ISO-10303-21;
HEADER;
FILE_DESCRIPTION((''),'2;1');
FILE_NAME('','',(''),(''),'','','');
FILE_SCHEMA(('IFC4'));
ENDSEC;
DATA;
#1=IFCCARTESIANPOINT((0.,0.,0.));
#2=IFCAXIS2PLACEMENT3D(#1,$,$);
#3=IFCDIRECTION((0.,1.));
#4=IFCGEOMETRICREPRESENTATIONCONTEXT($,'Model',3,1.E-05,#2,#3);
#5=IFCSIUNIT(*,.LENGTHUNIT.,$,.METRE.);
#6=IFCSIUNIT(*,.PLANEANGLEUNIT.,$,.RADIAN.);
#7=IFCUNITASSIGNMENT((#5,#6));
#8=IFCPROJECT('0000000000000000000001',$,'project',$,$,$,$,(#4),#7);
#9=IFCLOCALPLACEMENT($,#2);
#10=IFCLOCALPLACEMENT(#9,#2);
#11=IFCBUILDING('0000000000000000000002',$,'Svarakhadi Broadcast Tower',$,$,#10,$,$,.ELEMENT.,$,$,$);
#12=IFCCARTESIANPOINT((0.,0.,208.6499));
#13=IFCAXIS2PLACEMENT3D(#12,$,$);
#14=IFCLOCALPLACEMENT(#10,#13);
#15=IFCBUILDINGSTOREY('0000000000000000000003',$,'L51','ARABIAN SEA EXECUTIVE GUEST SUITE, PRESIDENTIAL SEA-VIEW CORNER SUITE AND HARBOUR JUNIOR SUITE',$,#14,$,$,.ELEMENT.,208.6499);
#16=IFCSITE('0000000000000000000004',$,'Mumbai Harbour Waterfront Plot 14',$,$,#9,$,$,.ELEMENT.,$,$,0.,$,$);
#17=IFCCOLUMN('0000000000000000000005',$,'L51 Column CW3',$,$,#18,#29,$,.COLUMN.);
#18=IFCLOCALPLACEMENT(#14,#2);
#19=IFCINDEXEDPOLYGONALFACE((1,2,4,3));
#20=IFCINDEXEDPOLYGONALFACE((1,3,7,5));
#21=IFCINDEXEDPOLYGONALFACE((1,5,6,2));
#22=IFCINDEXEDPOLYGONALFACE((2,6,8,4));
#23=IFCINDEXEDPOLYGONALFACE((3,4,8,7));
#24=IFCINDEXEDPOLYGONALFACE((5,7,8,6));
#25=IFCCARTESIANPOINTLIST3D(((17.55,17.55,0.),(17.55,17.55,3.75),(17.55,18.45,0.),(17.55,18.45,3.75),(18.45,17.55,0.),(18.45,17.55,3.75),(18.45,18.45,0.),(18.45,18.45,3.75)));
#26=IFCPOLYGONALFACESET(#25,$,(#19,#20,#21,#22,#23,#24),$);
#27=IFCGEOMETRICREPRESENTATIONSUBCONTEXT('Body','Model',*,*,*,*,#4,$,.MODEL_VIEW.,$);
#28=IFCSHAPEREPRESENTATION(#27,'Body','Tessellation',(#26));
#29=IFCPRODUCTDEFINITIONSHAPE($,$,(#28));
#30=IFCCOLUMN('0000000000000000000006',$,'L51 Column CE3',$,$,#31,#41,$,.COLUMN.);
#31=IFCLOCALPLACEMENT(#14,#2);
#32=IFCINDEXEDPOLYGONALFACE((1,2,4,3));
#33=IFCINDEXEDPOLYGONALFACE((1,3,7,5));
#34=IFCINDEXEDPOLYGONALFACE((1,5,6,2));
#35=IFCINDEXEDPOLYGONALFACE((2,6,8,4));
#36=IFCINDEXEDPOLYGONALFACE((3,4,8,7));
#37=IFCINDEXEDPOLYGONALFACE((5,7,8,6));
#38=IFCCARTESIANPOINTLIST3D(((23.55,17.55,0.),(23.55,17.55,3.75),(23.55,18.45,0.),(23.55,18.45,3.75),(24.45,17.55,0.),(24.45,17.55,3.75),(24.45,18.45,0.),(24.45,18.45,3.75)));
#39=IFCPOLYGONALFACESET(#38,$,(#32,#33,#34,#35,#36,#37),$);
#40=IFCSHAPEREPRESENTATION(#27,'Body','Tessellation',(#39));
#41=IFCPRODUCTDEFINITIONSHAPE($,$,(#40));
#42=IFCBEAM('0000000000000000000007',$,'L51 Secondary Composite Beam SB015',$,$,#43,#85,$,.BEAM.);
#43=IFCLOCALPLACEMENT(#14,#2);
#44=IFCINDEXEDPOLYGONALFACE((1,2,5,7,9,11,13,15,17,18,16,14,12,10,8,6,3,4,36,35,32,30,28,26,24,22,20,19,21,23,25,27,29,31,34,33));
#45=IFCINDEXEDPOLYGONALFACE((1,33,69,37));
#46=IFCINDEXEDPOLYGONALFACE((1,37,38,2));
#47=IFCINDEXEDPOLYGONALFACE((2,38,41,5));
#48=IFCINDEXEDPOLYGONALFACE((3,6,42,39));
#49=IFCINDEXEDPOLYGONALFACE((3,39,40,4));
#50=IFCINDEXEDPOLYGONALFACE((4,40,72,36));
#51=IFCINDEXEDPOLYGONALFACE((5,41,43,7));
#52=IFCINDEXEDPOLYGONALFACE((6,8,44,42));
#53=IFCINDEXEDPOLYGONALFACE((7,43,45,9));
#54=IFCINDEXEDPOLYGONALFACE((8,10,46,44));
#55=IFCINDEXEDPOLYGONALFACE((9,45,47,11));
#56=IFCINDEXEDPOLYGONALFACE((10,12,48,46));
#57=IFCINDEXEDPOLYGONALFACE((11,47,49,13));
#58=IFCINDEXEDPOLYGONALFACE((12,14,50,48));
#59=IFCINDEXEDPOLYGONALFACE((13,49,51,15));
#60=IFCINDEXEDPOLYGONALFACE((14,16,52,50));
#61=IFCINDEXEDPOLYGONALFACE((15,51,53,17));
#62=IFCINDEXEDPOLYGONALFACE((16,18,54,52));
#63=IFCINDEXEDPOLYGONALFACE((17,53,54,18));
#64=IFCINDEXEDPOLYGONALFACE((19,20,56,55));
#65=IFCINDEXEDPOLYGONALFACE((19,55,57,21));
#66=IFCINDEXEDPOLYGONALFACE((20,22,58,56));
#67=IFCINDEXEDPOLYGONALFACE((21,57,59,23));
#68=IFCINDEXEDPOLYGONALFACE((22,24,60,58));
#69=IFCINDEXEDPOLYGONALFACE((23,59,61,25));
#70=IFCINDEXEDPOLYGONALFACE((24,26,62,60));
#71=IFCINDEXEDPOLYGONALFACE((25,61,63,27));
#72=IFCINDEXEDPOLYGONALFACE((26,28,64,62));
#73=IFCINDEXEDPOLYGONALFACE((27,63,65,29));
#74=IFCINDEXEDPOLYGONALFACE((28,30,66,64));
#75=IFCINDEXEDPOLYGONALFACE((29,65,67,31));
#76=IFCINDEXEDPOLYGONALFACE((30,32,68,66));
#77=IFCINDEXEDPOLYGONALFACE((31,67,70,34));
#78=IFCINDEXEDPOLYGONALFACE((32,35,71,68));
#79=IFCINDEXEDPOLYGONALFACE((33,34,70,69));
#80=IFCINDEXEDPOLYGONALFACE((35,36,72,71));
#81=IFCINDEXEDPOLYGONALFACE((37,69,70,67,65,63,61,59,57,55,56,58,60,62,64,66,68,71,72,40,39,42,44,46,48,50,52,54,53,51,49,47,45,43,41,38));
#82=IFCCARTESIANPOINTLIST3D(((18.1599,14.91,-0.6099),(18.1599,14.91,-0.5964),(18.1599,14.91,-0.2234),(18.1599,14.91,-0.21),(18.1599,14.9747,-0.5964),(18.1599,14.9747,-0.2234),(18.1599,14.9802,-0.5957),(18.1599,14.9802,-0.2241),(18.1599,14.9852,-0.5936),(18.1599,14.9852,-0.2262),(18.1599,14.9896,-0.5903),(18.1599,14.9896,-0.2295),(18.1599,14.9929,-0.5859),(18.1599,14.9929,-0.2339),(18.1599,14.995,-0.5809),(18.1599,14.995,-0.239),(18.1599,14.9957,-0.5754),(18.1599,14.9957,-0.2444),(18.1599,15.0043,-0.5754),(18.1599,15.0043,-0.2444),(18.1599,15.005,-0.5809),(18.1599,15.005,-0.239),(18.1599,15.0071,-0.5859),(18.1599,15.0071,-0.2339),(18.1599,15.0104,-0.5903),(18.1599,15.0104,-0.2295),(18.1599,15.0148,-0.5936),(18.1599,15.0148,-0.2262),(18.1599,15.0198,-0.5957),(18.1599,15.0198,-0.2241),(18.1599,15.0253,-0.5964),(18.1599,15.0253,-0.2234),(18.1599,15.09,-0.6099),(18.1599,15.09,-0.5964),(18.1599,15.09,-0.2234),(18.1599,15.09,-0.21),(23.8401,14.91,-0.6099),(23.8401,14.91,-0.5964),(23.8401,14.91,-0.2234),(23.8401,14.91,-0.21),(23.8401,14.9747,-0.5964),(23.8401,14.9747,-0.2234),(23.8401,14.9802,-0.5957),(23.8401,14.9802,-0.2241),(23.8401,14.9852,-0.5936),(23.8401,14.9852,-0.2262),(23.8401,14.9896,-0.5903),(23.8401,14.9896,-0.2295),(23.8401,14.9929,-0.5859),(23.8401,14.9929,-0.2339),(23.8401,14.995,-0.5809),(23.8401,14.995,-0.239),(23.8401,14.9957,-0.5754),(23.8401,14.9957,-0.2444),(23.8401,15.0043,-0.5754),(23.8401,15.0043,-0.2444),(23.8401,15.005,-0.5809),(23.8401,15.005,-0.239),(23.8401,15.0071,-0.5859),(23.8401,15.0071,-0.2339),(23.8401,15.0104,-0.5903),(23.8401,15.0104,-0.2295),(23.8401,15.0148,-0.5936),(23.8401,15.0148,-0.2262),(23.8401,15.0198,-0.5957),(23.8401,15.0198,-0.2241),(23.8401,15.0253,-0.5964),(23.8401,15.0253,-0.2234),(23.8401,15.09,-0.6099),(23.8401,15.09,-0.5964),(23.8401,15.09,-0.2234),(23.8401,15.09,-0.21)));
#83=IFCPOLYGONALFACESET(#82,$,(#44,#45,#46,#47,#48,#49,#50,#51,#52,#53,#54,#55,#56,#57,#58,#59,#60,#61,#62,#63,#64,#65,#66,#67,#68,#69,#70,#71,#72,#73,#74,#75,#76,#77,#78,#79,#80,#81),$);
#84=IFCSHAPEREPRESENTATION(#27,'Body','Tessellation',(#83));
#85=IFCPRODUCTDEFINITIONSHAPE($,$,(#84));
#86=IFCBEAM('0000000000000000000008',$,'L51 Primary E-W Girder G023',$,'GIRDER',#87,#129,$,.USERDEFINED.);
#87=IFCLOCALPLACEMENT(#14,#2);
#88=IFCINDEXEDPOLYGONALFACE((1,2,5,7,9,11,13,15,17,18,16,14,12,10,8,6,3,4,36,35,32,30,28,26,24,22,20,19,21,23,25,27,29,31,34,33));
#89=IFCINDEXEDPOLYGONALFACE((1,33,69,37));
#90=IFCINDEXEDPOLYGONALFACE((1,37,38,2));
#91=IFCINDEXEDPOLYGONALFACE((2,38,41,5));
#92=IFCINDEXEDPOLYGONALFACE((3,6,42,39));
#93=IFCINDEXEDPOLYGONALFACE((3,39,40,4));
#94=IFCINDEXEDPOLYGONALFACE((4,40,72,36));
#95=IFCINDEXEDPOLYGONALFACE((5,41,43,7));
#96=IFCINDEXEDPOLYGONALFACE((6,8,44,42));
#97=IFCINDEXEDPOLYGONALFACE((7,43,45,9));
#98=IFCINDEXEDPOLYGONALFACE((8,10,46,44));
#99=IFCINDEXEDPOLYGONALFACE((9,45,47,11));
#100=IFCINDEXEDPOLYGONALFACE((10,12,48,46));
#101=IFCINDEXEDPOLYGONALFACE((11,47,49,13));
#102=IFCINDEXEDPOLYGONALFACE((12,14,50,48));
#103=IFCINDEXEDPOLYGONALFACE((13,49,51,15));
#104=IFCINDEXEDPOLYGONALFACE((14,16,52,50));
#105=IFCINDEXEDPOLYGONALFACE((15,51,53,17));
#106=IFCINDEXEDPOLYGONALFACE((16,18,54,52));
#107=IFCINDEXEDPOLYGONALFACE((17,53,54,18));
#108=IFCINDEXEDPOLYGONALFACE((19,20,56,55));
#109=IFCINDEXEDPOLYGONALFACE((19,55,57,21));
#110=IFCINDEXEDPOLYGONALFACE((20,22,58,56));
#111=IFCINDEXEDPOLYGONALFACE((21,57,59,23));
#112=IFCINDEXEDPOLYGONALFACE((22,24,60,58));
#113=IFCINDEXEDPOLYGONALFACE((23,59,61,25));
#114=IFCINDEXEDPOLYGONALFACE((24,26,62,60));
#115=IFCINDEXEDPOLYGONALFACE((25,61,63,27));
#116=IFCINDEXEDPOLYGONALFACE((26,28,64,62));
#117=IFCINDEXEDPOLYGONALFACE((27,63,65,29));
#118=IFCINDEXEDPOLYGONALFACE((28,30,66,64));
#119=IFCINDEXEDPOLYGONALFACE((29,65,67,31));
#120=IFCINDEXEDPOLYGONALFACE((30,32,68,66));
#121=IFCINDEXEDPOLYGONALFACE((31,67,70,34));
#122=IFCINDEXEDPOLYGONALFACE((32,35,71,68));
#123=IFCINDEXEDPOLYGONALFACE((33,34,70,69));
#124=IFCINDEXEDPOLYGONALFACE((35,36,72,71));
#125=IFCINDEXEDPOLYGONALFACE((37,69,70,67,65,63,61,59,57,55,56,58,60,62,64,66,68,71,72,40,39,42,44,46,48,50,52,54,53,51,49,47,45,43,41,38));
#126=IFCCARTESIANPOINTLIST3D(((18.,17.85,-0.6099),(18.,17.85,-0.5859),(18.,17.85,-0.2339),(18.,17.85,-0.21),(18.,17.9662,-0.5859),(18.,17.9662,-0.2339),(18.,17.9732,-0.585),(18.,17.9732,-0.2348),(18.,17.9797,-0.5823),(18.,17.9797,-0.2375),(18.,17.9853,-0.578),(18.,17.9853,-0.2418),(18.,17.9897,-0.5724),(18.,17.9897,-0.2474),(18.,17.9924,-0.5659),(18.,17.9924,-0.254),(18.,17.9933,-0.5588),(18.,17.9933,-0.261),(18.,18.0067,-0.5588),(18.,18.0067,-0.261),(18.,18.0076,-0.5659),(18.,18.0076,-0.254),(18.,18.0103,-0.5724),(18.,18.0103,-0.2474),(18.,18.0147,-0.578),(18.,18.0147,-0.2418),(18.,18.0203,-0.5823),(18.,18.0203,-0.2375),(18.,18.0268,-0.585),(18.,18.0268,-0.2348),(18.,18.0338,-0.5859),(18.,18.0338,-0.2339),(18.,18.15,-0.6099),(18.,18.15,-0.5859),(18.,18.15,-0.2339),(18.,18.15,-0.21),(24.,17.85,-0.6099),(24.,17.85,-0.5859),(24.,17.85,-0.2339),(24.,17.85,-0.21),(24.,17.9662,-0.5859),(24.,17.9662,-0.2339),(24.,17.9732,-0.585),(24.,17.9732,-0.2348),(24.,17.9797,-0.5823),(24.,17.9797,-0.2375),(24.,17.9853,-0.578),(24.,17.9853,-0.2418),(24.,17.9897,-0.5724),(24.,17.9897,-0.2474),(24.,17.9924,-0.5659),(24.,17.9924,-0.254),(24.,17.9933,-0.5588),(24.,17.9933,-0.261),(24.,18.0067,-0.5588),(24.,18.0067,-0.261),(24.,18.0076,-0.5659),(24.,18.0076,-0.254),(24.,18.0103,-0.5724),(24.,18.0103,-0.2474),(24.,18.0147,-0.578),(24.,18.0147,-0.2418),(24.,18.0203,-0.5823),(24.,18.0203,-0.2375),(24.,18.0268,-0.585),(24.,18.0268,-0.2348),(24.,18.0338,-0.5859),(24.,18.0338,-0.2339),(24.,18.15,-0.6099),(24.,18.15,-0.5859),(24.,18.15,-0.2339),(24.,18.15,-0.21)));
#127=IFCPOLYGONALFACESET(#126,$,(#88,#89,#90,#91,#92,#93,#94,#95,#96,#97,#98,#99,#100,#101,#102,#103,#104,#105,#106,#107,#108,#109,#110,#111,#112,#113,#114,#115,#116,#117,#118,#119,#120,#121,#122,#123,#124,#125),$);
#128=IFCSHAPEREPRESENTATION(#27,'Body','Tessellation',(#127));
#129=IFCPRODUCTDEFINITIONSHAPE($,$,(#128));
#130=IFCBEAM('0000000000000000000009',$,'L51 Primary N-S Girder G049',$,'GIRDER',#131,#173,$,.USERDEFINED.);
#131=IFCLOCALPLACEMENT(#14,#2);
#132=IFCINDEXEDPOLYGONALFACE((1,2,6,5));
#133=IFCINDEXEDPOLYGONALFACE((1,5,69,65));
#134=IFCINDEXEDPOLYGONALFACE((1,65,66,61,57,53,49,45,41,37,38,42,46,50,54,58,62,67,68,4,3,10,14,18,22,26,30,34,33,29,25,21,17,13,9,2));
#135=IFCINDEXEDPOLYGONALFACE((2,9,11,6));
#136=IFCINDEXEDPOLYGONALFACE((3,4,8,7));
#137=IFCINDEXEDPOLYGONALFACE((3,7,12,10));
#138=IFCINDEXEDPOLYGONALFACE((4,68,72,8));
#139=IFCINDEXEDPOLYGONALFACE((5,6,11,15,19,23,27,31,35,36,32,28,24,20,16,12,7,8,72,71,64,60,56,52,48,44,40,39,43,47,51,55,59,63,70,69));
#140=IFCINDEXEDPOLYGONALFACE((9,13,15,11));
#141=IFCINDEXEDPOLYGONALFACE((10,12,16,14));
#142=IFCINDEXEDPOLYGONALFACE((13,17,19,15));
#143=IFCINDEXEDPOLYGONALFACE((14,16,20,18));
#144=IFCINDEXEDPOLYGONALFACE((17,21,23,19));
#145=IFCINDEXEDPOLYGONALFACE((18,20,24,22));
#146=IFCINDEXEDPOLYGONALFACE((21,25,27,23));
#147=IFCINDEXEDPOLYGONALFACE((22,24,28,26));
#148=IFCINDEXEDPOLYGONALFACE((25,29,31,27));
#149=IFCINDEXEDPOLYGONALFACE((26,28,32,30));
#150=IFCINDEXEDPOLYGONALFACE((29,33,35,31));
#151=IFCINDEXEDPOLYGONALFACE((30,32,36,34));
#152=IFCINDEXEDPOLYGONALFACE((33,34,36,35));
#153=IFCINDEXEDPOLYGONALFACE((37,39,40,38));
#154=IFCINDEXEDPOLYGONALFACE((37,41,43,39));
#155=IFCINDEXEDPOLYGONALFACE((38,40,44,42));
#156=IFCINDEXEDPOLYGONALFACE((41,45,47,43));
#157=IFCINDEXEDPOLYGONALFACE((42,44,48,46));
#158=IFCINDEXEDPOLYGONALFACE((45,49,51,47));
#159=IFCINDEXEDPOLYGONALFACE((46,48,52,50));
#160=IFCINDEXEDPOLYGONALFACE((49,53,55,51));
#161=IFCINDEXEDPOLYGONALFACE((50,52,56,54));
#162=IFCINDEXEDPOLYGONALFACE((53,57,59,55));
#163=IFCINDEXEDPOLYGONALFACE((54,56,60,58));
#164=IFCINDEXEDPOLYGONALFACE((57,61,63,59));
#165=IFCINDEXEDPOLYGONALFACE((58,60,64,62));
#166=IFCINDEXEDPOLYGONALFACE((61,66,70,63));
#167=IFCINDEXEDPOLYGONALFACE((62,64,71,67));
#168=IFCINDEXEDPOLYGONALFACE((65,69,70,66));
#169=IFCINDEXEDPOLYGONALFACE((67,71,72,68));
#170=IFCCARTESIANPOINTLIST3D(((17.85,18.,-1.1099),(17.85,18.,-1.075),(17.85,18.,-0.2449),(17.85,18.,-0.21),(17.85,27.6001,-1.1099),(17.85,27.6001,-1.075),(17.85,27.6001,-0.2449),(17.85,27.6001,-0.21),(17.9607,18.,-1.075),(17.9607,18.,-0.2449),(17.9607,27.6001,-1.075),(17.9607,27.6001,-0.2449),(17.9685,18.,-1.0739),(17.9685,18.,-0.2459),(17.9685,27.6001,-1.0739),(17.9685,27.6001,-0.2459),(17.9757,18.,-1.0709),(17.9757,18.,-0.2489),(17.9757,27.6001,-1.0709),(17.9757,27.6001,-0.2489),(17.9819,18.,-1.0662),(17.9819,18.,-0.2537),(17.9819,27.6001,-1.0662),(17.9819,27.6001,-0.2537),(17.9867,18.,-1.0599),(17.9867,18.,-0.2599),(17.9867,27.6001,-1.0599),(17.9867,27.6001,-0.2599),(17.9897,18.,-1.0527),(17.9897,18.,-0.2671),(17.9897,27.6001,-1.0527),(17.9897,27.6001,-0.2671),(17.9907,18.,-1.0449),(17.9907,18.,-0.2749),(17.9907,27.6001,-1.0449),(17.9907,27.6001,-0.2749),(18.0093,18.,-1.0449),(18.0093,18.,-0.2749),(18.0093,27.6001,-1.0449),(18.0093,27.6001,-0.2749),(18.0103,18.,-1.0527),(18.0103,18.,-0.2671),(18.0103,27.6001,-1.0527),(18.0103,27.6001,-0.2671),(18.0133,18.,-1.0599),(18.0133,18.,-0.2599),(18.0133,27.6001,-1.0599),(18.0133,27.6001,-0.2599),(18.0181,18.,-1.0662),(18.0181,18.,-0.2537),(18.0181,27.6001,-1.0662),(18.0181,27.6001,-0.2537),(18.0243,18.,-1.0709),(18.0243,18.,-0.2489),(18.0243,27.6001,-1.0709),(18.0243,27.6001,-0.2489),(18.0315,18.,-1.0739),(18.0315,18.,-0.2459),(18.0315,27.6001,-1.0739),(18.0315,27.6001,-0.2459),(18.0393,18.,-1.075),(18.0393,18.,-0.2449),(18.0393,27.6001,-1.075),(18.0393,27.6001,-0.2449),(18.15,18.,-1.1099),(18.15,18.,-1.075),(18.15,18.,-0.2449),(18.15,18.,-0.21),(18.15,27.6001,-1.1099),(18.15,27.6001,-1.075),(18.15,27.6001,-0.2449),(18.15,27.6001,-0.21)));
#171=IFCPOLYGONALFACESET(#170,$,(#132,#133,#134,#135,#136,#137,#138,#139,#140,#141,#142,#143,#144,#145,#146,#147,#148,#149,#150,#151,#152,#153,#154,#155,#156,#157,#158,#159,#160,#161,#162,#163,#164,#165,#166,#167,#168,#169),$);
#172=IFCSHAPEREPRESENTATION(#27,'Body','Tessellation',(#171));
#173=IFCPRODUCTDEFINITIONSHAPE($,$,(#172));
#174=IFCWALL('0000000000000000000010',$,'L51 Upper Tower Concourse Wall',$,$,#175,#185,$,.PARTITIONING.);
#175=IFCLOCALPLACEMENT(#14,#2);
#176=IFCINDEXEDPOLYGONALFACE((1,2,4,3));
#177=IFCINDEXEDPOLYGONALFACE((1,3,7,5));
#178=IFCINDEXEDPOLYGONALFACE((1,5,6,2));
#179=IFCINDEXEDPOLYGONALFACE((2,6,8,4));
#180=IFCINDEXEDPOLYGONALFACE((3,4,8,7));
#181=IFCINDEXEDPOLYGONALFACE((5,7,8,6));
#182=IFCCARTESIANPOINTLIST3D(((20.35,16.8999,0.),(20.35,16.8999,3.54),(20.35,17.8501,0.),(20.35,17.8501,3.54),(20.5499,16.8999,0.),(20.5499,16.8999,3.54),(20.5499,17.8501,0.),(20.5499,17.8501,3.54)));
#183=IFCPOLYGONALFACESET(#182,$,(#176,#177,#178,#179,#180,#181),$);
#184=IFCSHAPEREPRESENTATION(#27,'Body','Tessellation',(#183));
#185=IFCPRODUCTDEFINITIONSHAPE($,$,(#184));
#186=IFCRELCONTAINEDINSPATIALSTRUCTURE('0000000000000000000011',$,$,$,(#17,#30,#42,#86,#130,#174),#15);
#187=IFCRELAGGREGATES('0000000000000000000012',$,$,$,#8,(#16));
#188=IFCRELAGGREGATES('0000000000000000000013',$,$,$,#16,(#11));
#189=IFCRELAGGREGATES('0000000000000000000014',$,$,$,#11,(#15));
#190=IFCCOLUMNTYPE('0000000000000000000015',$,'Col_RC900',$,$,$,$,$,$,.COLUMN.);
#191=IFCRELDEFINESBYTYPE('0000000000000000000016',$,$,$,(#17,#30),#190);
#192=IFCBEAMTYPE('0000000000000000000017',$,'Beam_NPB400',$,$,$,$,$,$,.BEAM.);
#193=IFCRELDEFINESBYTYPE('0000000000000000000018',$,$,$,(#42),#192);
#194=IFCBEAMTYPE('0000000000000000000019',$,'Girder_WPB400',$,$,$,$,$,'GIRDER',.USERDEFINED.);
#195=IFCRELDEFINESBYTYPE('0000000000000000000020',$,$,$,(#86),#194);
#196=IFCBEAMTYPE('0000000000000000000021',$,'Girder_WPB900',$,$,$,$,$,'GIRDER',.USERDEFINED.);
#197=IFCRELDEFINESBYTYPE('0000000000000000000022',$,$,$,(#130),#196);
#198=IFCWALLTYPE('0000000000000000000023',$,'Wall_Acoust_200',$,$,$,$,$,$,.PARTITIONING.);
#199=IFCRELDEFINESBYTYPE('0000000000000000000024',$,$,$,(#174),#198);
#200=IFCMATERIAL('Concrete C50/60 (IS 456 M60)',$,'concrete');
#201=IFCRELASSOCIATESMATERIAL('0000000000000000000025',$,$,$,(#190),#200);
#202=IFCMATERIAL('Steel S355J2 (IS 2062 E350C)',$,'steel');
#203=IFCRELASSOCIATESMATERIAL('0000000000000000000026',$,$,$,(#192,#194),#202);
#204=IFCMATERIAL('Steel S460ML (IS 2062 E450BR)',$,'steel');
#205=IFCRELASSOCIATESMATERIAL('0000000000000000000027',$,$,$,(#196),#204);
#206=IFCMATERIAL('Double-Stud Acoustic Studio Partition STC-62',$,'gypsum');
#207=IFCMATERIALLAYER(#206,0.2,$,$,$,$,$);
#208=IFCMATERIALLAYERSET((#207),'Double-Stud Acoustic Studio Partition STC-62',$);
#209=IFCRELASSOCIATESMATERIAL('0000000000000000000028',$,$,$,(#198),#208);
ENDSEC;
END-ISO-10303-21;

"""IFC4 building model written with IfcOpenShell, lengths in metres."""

from ifc_helpers import new_model, si_unit, direction, frame, frame_2d, origin, origin_2d, place, context, subcontext, project, spatial, rectangle, i_section, extrude, material, layer, layer_set, material_profile, profile_set, type_object, element, save


model = new_model("IFC4")

# Units and contexts
model_context = context("Model", 3, precision=1e-05, world=origin(), true_north=direction((0.0, 1.0)))
body_context = subcontext(model_context, "Body", "Model", "MODEL_VIEW")
ifc_project = project(units=[si_unit("LENGTHUNIT", "METRE"), si_unit("PLANEANGLEUNIT", "RADIAN")], contexts=[model_context])

# Site, building, storey
site_placement = place(None, origin())
site = spatial("IfcSite", under=ifc_project, at=site_placement, Name="Mumbai Harbour Waterfront Plot 14", CompositionType="ELEMENT", RefElevation=0.0)
building_placement = place(site_placement, origin())
building = spatial("IfcBuilding", under=site, at=building_placement, Name="Svarakhadi Broadcast Tower", CompositionType="ELEMENT")
storey_placement = place(building_placement, frame((0.0, 0.0, 208.6499)))
storey = spatial("IfcBuildingStorey", under=building, at=storey_placement, Name="L51", Description="ARABIAN SEA EXECUTIVE GUEST SUITE, PRESIDENTIAL SEA-VIEW CORNER SUITE AND HARBOUR JUNIOR SUITE", CompositionType="ELEMENT", Elevation=208.6499)

# Columns
ifc_material_1 = material(Name="Concrete C50/60 (IS 456 M60)", Category="concrete")
ifc_material_profile_1 = material_profile(ifc_material_1, rectangle(XDim=0.8999, YDim=0.8999, at=origin_2d()), Name="RC 900x900")
ifc_profile_set_1 = profile_set([ifc_material_profile_1], Name="Concrete C50/60 (IS 456 M60)")
column_type = type_object("IfcColumnType", Name="Col_RC900", PredefinedType="COLUMN", material=ifc_profile_set_1)
for number, where, z_axis, x_axis, name in (
    (1, (18.0, 18.0, 0.0), (0.0, 0.0, 1.0), (1.0, 0.0, 0.0), "L51 Column CW3"),
    (2, (24.0, 18.0, 0.0), (0.0, 0.0, 1.0), (1.0, 0.0, 0.0), "L51 Column CE3"),
):
    element("IfcColumn", number, at=place(storey_placement, frame(where, z_axis=z_axis, x_axis=x_axis)), inside=storey, type_object=column_type, Name=name, PredefinedType="COLUMN", context=body_context, shape_type="SweptSolid", body=[
        extrude(rectangle(XDim=0.8999, YDim=0.8999, at=origin_2d()), origin(), (0.0, 0.0, 1.0), 3.75),
    ])

# Beams
ifc_material_2 = material(Name="Steel S355J2 (IS 2062 E350C)", Category="steel")
ifc_material_profile_2 = material_profile(ifc_material_2, i_section(OverallWidth=0.1799, OverallDepth=0.3999, WebThickness=0.0085, FlangeThickness=0.0134, FilletRadius=0.021, at=origin_2d()), Name="NPB 400x180x66")
ifc_profile_set_2 = profile_set([ifc_material_profile_2], Name="Steel S355J2 (IS 2062 E350C)")
beam_type_1 = type_object("IfcBeamType", Name="Beam_NPB400", PredefinedType="BEAM", material=ifc_profile_set_2)
beam_1_placement = place(storey_placement, frame((18.1599, 15.0, -0.4099), z_axis=(1.0, 0.0, 0.0), x_axis=(0.0, 1.0, 0.0)))
element("IfcBeam", 3, at=beam_1_placement, inside=storey, type_object=beam_type_1, Name="L51 Secondary Composite Beam SB015", PredefinedType="BEAM", context=body_context, shape_type="SweptSolid", body=[
    extrude(i_section(OverallWidth=0.1799, OverallDepth=0.3999, WebThickness=0.0085, FlangeThickness=0.0134, FilletRadius=0.021, at=origin_2d()), origin(), (0.0, 0.0, 1.0), 5.6802),
])
ifc_material_profile_3 = material_profile(ifc_material_2, i_section(OverallWidth=0.3, OverallDepth=0.3999, WebThickness=0.0134, FlangeThickness=0.0239, FilletRadius=0.0271, at=origin_2d()), Name="WPB 400x300x155")
ifc_profile_set_3 = profile_set([ifc_material_profile_3], Name="Steel S355J2 (IS 2062 E350C)")
beam_type_2 = type_object("IfcBeamType", Name="Girder_WPB400", ElementType="GIRDER", PredefinedType="USERDEFINED", material=ifc_profile_set_3)
beam_2_placement = place(storey_placement, frame((18.0, 18.0, -0.4099), z_axis=(1.0, 0.0, 0.0), x_axis=(0.0, 1.0, 0.0)))
element("IfcBeam", 4, at=beam_2_placement, inside=storey, type_object=beam_type_2, Name="L51 Primary E-W Girder G023", ObjectType="GIRDER", PredefinedType="USERDEFINED", context=body_context, shape_type="SweptSolid", body=[
    extrude(i_section(OverallWidth=0.3, OverallDepth=0.3999, WebThickness=0.0134, FlangeThickness=0.0239, FilletRadius=0.0271, at=origin_2d()), origin(), (0.0, 0.0, 1.0), 6.0),
])
ifc_material_3 = material(Name="Steel S460ML (IS 2062 E450BR)", Category="steel")
ifc_material_profile_4 = material_profile(ifc_material_3, i_section(OverallWidth=0.3, OverallDepth=0.8999, WebThickness=0.0186, FlangeThickness=0.0349, FilletRadius=0.03, at=origin_2d()), Name="WPB 900x300x291")
ifc_profile_set_4 = profile_set([ifc_material_profile_4], Name="Steel S460ML (IS 2062 E450BR)")
beam_type_3 = type_object("IfcBeamType", Name="Girder_WPB900", ElementType="GIRDER", PredefinedType="USERDEFINED", material=ifc_profile_set_4)
beam_3_placement = place(storey_placement, frame((18.0, 18.0, -0.6599), z_axis=(0.0, 1.0, 0.0), x_axis=(-1.0, 0.0, 0.0)))
element("IfcBeam", 5, at=beam_3_placement, inside=storey, type_object=beam_type_3, Name="L51 Primary N-S Girder G049", ObjectType="GIRDER", PredefinedType="USERDEFINED", context=body_context, shape_type="SweptSolid", body=[
    extrude(i_section(OverallWidth=0.3, OverallDepth=0.8999, WebThickness=0.0186, FlangeThickness=0.0349, FilletRadius=0.03, at=origin_2d()), origin(), (0.0, 0.0, 1.0), 9.6001),
])

# Wall
ifc_material_4 = material(Name="Double-Stud Acoustic Studio Partition STC-62", Category="gypsum")
ifc_layer_1 = layer(ifc_material_4, 0.2)
ifc_layer_set_1 = layer_set([ifc_layer_1], Name="Double-Stud Acoustic Studio Partition STC-62")
wall_type_1 = type_object("IfcWallType", Name="Wall_Acoust_200", PredefinedType="PARTITIONING", material=ifc_layer_set_1)
wall_1_placement = place(storey_placement, frame((20.45, 17.8501, 0.0), z_axis=(0.0, 0.0, 1.0), x_axis=(0.0, -1.0, 0.0)))
element("IfcWall", 6, at=wall_1_placement, inside=storey, type_object=wall_type_1, Name="L51 Upper Tower Concourse Wall", PredefinedType="PARTITIONING", context=body_context, shape_type="SweptSolid", body=[
    extrude(rectangle(XDim=0.9502, YDim=0.2, at=frame_2d((0.4751, 0.0))), origin(), (0.0, 0.0, 1.0), 3.54),
])

save(model, "model.ifc")
